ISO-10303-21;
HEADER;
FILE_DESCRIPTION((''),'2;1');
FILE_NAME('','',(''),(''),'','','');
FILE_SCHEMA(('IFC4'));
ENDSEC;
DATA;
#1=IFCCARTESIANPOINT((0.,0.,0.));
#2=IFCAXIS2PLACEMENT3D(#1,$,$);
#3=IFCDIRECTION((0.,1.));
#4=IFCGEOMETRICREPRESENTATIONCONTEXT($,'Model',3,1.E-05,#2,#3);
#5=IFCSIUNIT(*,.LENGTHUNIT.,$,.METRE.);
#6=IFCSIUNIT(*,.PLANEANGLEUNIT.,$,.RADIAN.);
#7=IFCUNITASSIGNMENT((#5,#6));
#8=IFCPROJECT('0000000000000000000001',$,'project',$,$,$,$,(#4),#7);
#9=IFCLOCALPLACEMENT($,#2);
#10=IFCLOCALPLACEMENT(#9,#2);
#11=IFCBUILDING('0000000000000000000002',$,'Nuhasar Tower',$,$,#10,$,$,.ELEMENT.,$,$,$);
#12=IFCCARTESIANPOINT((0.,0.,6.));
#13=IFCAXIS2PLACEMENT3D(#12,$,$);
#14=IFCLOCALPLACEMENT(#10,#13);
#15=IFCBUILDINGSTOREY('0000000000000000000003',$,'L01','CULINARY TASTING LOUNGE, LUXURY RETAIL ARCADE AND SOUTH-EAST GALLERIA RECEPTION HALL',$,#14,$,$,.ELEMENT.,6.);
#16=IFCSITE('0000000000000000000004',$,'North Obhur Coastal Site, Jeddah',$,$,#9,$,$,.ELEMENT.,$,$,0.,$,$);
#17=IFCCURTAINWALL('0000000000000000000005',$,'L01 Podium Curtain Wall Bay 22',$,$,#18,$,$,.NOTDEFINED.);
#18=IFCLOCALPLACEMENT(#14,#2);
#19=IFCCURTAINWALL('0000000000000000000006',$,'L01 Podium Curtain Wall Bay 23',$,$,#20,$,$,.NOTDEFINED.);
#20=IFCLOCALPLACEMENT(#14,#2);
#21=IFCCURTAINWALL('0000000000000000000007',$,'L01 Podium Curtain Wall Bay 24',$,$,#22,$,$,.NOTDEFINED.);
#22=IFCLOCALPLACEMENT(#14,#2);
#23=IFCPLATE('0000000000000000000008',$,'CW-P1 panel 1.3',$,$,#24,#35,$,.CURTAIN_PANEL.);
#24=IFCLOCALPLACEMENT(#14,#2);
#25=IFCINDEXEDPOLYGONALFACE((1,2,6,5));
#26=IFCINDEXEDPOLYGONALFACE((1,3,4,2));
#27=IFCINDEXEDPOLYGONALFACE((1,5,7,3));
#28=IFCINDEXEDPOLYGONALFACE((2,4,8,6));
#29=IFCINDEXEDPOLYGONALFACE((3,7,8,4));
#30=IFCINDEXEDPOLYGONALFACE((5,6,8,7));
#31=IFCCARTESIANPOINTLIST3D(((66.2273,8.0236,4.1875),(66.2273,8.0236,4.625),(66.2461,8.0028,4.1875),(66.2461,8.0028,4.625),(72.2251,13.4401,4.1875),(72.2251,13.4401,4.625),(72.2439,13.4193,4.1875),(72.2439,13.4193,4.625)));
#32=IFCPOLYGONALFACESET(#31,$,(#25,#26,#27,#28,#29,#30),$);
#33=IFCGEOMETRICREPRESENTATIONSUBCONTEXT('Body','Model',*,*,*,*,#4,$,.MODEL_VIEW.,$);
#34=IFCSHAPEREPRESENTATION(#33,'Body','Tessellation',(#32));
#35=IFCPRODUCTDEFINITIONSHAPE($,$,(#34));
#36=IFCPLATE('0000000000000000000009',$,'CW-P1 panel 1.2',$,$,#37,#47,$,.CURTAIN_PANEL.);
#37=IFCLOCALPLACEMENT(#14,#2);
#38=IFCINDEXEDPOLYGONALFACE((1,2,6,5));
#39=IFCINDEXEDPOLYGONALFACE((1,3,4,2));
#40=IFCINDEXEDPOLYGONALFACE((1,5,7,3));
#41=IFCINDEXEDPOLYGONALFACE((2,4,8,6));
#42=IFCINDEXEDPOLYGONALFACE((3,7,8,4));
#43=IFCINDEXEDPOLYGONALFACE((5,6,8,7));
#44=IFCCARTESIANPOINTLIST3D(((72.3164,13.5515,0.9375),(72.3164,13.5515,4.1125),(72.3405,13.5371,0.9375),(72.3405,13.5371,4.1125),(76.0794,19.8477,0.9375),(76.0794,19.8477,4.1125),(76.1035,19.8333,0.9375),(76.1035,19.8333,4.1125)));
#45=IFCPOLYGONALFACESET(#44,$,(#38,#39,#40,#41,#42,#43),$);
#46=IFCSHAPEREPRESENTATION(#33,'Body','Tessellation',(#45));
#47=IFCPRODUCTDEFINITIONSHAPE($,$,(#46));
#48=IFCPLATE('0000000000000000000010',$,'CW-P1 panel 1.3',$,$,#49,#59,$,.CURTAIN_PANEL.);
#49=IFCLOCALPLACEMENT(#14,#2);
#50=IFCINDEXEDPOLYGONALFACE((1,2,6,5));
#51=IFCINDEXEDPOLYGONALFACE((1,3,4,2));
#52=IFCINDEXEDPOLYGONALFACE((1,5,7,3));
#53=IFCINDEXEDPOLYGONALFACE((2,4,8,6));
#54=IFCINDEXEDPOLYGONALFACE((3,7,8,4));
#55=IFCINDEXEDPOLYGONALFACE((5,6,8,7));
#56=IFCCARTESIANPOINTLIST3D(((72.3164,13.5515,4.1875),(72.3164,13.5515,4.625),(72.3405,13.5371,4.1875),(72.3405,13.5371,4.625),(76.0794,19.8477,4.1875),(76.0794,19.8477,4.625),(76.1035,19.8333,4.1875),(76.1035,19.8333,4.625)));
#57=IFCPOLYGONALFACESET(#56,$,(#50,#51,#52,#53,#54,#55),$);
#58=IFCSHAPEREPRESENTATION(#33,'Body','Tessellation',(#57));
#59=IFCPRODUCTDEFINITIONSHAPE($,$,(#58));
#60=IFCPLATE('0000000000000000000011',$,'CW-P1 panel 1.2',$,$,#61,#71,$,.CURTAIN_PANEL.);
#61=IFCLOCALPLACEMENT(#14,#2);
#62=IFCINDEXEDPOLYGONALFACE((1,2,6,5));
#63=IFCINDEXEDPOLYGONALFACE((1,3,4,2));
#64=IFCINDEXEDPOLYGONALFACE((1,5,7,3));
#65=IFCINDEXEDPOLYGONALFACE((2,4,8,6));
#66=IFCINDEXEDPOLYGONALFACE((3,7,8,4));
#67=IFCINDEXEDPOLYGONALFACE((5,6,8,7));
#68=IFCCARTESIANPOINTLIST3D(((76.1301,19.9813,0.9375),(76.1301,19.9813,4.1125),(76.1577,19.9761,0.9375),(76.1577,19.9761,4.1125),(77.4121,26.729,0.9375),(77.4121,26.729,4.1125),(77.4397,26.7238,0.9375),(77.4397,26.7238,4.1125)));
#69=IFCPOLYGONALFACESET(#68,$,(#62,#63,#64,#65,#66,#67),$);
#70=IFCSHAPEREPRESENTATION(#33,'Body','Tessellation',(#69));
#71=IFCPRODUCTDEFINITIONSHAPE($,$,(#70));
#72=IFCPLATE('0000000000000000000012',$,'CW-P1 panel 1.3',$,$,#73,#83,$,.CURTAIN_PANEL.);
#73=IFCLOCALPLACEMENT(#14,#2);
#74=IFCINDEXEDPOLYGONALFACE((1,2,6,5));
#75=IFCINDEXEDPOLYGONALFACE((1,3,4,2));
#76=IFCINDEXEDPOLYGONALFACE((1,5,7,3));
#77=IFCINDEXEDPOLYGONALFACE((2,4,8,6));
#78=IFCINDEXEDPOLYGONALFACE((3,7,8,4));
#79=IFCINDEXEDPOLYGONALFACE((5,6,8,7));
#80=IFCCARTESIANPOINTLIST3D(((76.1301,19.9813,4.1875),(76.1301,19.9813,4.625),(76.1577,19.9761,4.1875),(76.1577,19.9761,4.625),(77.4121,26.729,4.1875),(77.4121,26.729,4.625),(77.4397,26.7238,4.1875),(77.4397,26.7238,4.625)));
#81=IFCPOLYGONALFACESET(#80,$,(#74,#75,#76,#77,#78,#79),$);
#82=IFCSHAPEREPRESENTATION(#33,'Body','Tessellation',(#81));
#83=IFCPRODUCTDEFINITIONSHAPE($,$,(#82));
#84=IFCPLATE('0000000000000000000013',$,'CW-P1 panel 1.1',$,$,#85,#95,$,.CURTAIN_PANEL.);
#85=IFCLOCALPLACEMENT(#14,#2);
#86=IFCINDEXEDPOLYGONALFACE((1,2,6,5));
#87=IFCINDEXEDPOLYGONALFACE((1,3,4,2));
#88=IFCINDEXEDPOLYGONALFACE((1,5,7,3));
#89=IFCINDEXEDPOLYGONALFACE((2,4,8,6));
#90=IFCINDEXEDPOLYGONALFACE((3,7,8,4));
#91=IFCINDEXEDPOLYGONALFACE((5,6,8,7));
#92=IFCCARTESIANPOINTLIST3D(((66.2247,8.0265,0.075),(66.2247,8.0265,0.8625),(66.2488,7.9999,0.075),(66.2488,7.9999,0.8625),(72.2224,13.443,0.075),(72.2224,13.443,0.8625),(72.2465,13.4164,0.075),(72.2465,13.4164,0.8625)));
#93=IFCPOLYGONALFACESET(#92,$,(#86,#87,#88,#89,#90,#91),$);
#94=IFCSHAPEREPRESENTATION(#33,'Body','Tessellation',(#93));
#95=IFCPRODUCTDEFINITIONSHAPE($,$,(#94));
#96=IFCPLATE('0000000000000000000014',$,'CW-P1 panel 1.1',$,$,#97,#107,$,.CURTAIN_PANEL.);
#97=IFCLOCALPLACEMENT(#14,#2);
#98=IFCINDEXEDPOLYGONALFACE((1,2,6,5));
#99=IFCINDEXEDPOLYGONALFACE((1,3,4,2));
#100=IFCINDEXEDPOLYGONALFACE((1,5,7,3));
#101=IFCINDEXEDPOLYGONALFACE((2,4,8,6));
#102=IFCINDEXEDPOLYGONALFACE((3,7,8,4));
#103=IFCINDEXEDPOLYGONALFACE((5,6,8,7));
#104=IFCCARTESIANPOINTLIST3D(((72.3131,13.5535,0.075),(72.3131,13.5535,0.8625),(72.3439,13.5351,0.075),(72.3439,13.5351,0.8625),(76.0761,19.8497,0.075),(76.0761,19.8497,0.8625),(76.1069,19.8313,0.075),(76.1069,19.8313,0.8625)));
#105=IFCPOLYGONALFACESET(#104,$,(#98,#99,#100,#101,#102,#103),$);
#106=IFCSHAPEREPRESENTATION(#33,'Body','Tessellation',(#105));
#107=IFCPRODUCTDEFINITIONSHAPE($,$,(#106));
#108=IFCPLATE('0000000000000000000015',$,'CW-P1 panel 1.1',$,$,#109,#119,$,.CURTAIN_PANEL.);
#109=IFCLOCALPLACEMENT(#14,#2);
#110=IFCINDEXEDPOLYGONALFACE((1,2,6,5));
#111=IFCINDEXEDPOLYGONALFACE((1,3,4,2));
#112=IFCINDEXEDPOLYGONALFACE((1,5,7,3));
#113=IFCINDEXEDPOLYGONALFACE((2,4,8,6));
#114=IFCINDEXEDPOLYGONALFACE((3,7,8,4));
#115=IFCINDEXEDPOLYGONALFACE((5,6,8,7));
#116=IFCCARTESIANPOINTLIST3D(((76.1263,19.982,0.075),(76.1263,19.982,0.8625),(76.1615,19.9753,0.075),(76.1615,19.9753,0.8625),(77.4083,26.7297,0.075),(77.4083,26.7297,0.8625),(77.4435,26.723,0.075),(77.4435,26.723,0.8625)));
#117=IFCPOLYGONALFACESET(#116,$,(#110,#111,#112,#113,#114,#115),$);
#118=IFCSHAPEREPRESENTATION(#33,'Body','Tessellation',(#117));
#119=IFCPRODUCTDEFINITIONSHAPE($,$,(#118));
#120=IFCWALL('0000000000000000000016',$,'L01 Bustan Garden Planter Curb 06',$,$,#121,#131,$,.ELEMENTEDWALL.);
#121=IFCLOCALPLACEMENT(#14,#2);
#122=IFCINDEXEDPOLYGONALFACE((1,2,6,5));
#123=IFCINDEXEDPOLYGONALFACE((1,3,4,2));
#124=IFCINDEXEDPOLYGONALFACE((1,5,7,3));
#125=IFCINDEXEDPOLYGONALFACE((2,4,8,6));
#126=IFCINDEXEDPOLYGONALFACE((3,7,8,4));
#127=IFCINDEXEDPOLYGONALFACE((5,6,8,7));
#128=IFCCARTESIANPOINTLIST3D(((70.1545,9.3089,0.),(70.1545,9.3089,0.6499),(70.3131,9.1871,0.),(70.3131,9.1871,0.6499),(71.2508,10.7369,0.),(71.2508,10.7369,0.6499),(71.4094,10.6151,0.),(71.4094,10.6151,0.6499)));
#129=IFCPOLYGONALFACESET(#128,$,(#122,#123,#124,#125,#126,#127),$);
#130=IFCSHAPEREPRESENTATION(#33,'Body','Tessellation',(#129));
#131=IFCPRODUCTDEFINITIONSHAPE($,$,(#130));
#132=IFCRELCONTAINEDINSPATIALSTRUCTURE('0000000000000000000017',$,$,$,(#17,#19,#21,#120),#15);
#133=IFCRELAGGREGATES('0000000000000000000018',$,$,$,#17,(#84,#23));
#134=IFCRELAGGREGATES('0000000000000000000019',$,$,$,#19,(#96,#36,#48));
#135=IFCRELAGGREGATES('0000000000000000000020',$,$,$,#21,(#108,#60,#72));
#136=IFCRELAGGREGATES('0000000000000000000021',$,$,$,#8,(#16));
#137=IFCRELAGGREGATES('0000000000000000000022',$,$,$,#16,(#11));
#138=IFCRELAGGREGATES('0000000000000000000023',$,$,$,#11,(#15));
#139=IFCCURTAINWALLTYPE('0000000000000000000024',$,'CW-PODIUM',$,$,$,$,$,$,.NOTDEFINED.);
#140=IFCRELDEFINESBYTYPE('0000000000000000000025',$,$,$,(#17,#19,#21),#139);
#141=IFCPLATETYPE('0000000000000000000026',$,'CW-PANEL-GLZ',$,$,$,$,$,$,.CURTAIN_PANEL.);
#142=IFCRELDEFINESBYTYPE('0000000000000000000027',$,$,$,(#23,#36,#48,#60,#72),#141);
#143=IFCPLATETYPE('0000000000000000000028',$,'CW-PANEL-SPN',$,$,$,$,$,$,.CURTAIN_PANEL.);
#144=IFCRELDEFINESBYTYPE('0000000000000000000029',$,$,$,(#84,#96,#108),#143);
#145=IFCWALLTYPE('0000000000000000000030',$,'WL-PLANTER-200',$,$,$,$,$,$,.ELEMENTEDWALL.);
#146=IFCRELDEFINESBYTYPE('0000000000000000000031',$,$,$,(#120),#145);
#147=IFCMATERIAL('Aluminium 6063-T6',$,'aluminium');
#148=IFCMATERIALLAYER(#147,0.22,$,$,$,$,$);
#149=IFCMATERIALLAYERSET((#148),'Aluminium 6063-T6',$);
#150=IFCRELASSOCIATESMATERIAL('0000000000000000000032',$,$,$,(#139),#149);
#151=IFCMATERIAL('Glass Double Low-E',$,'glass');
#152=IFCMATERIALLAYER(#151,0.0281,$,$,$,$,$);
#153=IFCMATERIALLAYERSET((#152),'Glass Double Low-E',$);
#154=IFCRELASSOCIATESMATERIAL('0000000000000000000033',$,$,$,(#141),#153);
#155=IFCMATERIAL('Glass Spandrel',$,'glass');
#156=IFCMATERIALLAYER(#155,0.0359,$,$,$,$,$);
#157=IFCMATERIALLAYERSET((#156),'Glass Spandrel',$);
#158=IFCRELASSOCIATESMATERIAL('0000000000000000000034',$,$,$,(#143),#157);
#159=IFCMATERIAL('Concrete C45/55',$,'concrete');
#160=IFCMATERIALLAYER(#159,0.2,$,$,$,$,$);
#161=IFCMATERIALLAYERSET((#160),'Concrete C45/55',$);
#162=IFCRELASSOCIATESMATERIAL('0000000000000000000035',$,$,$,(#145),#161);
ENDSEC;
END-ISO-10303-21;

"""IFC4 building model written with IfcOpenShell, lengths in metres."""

from ifc_helpers import new_model, si_unit, direction, frame, frame_2d, origin, origin_2d, place, context, subcontext, project, spatial, rectangle, extrude, material, layer, layer_set, type_object, element, aggregate, save


model = new_model("IFC4")

# Units and contexts
model_context = context("Model", 3, precision=1e-05, world=origin(), true_north=direction((0.0, 1.0)))
body_context = subcontext(model_context, "Body", "Model", "MODEL_VIEW")
ifc_project = project(units=[si_unit("LENGTHUNIT", "METRE"), si_unit("PLANEANGLEUNIT", "RADIAN")], contexts=[model_context])

# Site, building, storey
site_placement = place(None, origin())
site = spatial("IfcSite", under=ifc_project, at=site_placement, Name="North Obhur Coastal Site, Jeddah", CompositionType="ELEMENT", RefElevation=0.0)
building_placement = place(site_placement, origin())
building = spatial("IfcBuilding", under=site, at=building_placement, Name="Nuhasar Tower", CompositionType="ELEMENT")
storey_placement = place(building_placement, frame((0.0, 0.0, 6.0)))
storey = spatial("IfcBuildingStorey", under=building, at=storey_placement, Name="L01", Description="CULINARY TASTING LOUNGE, LUXURY RETAIL ARCADE AND SOUTH-EAST GALLERIA RECEPTION HALL", CompositionType="ELEMENT", Elevation=6.0)

# Shared definitions
ifc_material_1 = material(Name="Aluminium 6063-T6", Category="aluminium")
ifc_layer_1 = layer(ifc_material_1, 0.22)
ifc_layer_set_1 = layer_set([ifc_layer_1], Name="Aluminium 6063-T6")
curtain_wall_type = type_object("IfcCurtainWallType", Name="CW-PODIUM", PredefinedType="NOTDEFINED", material=ifc_layer_set_1)

# Curtain walls
curtain_wall_1_placement = place(storey_placement, origin())
curtain_wall_1 = element("IfcCurtainWall", 1, at=curtain_wall_1_placement, inside=storey, type_object=curtain_wall_type, Name="L01 Podium Curtain Wall Bay 22", PredefinedType="NOTDEFINED")
curtain_wall_2_placement = place(storey_placement, origin())
curtain_wall_2 = element("IfcCurtainWall", 2, at=curtain_wall_2_placement, inside=storey, type_object=curtain_wall_type, Name="L01 Podium Curtain Wall Bay 23", PredefinedType="NOTDEFINED")

# Curtain wall
curtain_wall_3_placement = place(storey_placement, origin())
curtain_wall_3 = element("IfcCurtainWall", 3, at=curtain_wall_3_placement, inside=storey, type_object=curtain_wall_type, Name="L01 Podium Curtain Wall Bay 24", PredefinedType="NOTDEFINED")

# Plates
ifc_material_2 = material(Name="Glass Double Low-E", Category="glass")
ifc_layer_2 = layer(ifc_material_2, 0.0281)
ifc_layer_set_2 = layer_set([ifc_layer_2], Name="Glass Double Low-E")
plate_type_1 = type_object("IfcPlateType", Name="CW-PANEL-GLZ", PredefinedType="CURTAIN_PANEL", material=ifc_layer_set_2)
plate_1_placement = place(storey_placement, frame((69.2356, 10.7214, 4.1875), z_axis=(0.0, 0.0, 1.0), x_axis=(0.742151, 0.670232, 0.0)))
plate_1 = element("IfcPlate", 4, at=plate_1_placement, type_object=plate_type_1, Name="CW-P1 panel 1.3", PredefinedType="CURTAIN_PANEL", context=body_context, shape_type="SweptSolid", body=[
    extrude(rectangle(XDim=8.0815, YDim=0.0281, at=origin_2d()), origin(), (0.0, 0.0, 1.0), 0.4375),
])
plate_2_placement = place(storey_placement, frame((74.21, 16.6924, 0.9375), z_axis=(0.0, 0.0, 1.0), x_axis=(0.513021, 0.858376, 0.0)))
plate_2 = element("IfcPlate", 5, at=plate_2_placement, type_object=plate_type_1, Name="CW-P1 panel 1.2", PredefinedType="CURTAIN_PANEL", context=body_context, shape_type="SweptSolid", body=[
    extrude(rectangle(XDim=7.335, YDim=0.0281, at=origin_2d()), origin(), (0.0, 0.0, 1.0), 3.175),
])
plate_3_placement = place(storey_placement, frame((74.21, 16.6924, 4.1875), z_axis=(0.0, 0.0, 1.0), x_axis=(0.513021, 0.858376, 0.0)))
plate_3 = element("IfcPlate", 6, at=plate_3_placement, type_object=plate_type_1, Name="CW-P1 panel 1.3", PredefinedType="CURTAIN_PANEL", context=body_context, shape_type="SweptSolid", body=[
    extrude(rectangle(XDim=7.335, YDim=0.0281, at=origin_2d()), origin(), (0.0, 0.0, 1.0), 0.4375),
])
plate_4_placement = place(storey_placement, frame((76.7849, 23.3525, 0.9375), z_axis=(0.0, 0.0, 1.0), x_axis=(0.186654, 0.982426, 0.0)))
plate_4 = element("IfcPlate", 7, at=plate_4_placement, type_object=plate_type_1, Name="CW-P1 panel 1.2", PredefinedType="CURTAIN_PANEL", context=body_context, shape_type="SweptSolid", body=[
    extrude(rectangle(XDim=6.8684, YDim=0.0281, at=origin_2d()), origin(), (0.0, 0.0, 1.0), 3.175),
])
plate_5_placement = place(storey_placement, frame((76.7849, 23.3525, 4.1875), z_axis=(0.0, 0.0, 1.0), x_axis=(0.186654, 0.982426, 0.0)))
plate_5 = element("IfcPlate", 8, at=plate_5_placement, type_object=plate_type_1, Name="CW-P1 panel 1.3", PredefinedType="CURTAIN_PANEL", context=body_context, shape_type="SweptSolid", body=[
    extrude(rectangle(XDim=6.8684, YDim=0.0281, at=origin_2d()), origin(), (0.0, 0.0, 1.0), 0.4375),
])
ifc_material_3 = material(Name="Glass Spandrel", Category="glass")
ifc_layer_3 = layer(ifc_material_3, 0.0359)
ifc_layer_set_3 = layer_set([ifc_layer_3], Name="Glass Spandrel")
plate_type_2 = type_object("IfcPlateType", Name="CW-PANEL-SPN", PredefinedType="CURTAIN_PANEL", material=ifc_layer_set_3)
plate_6_placement = place(storey_placement, frame((69.2356, 10.7214, 0.075), z_axis=(0.0, 0.0, 1.0), x_axis=(0.742151, 0.670232, 0.0)))
plate_6 = element("IfcPlate", 9, at=plate_6_placement, type_object=plate_type_2, Name="CW-P1 panel 1.1", PredefinedType="CURTAIN_PANEL", context=body_context, shape_type="SweptSolid", body=[
    extrude(rectangle(XDim=8.0815, YDim=0.0359, at=origin_2d()), origin(), (0.0, 0.0, 1.0), 0.7876),
])
aggregate(curtain_wall_1, [plate_6, plate_1])
plate_7_placement = place(storey_placement, frame((74.21, 16.6924, 0.075), z_axis=(0.0, 0.0, 1.0), x_axis=(0.513021, 0.858376, 0.0)))
plate_7 = element("IfcPlate", 10, at=plate_7_placement, type_object=plate_type_2, Name="CW-P1 panel 1.1", PredefinedType="CURTAIN_PANEL", context=body_context, shape_type="SweptSolid", body=[
    extrude(rectangle(XDim=7.335, YDim=0.0359, at=origin_2d()), origin(), (0.0, 0.0, 1.0), 0.7876),
])
aggregate(curtain_wall_2, [plate_7, plate_2, plate_3])
plate_8_placement = place(storey_placement, frame((76.7849, 23.3525, 0.075), z_axis=(0.0, 0.0, 1.0), x_axis=(0.186654, 0.982426, 0.0)))
plate_8 = element("IfcPlate", 11, at=plate_8_placement, type_object=plate_type_2, Name="CW-P1 panel 1.1", PredefinedType="CURTAIN_PANEL", context=body_context, shape_type="SweptSolid", body=[
    extrude(rectangle(XDim=6.8684, YDim=0.0359, at=origin_2d()), origin(), (0.0, 0.0, 1.0), 0.7876),
])
aggregate(curtain_wall_3, [plate_8, plate_4, plate_5])

# Wall
ifc_material_4 = material(Name="Concrete C45/55", Category="concrete")
ifc_layer_4 = layer(ifc_material_4, 0.2)
ifc_layer_set_4 = layer_set([ifc_layer_4], Name="Concrete C45/55")
wall_type = type_object("IfcWallType", Name="WL-PLANTER-200", PredefinedType="ELEMENTEDWALL", material=ifc_layer_set_4)
wall_placement = place(storey_placement, frame((71.3301, 10.676, 0.0), z_axis=(0.0, 0.0, 1.0), x_axis=(-0.608924, -0.793229, 0.0)))
element("IfcWall", 12, at=wall_placement, inside=storey, type_object=wall_type, Name="L01 Bustan Garden Planter Curb 06", PredefinedType="ELEMENTEDWALL", context=body_context, shape_type="SweptSolid", body=[
    extrude(rectangle(XDim=1.8003, YDim=0.2, at=frame_2d((0.9001, 0.0))), origin(), (0.0, 0.0, 1.0), 0.6499),
])

save(model, "model.ifc")
